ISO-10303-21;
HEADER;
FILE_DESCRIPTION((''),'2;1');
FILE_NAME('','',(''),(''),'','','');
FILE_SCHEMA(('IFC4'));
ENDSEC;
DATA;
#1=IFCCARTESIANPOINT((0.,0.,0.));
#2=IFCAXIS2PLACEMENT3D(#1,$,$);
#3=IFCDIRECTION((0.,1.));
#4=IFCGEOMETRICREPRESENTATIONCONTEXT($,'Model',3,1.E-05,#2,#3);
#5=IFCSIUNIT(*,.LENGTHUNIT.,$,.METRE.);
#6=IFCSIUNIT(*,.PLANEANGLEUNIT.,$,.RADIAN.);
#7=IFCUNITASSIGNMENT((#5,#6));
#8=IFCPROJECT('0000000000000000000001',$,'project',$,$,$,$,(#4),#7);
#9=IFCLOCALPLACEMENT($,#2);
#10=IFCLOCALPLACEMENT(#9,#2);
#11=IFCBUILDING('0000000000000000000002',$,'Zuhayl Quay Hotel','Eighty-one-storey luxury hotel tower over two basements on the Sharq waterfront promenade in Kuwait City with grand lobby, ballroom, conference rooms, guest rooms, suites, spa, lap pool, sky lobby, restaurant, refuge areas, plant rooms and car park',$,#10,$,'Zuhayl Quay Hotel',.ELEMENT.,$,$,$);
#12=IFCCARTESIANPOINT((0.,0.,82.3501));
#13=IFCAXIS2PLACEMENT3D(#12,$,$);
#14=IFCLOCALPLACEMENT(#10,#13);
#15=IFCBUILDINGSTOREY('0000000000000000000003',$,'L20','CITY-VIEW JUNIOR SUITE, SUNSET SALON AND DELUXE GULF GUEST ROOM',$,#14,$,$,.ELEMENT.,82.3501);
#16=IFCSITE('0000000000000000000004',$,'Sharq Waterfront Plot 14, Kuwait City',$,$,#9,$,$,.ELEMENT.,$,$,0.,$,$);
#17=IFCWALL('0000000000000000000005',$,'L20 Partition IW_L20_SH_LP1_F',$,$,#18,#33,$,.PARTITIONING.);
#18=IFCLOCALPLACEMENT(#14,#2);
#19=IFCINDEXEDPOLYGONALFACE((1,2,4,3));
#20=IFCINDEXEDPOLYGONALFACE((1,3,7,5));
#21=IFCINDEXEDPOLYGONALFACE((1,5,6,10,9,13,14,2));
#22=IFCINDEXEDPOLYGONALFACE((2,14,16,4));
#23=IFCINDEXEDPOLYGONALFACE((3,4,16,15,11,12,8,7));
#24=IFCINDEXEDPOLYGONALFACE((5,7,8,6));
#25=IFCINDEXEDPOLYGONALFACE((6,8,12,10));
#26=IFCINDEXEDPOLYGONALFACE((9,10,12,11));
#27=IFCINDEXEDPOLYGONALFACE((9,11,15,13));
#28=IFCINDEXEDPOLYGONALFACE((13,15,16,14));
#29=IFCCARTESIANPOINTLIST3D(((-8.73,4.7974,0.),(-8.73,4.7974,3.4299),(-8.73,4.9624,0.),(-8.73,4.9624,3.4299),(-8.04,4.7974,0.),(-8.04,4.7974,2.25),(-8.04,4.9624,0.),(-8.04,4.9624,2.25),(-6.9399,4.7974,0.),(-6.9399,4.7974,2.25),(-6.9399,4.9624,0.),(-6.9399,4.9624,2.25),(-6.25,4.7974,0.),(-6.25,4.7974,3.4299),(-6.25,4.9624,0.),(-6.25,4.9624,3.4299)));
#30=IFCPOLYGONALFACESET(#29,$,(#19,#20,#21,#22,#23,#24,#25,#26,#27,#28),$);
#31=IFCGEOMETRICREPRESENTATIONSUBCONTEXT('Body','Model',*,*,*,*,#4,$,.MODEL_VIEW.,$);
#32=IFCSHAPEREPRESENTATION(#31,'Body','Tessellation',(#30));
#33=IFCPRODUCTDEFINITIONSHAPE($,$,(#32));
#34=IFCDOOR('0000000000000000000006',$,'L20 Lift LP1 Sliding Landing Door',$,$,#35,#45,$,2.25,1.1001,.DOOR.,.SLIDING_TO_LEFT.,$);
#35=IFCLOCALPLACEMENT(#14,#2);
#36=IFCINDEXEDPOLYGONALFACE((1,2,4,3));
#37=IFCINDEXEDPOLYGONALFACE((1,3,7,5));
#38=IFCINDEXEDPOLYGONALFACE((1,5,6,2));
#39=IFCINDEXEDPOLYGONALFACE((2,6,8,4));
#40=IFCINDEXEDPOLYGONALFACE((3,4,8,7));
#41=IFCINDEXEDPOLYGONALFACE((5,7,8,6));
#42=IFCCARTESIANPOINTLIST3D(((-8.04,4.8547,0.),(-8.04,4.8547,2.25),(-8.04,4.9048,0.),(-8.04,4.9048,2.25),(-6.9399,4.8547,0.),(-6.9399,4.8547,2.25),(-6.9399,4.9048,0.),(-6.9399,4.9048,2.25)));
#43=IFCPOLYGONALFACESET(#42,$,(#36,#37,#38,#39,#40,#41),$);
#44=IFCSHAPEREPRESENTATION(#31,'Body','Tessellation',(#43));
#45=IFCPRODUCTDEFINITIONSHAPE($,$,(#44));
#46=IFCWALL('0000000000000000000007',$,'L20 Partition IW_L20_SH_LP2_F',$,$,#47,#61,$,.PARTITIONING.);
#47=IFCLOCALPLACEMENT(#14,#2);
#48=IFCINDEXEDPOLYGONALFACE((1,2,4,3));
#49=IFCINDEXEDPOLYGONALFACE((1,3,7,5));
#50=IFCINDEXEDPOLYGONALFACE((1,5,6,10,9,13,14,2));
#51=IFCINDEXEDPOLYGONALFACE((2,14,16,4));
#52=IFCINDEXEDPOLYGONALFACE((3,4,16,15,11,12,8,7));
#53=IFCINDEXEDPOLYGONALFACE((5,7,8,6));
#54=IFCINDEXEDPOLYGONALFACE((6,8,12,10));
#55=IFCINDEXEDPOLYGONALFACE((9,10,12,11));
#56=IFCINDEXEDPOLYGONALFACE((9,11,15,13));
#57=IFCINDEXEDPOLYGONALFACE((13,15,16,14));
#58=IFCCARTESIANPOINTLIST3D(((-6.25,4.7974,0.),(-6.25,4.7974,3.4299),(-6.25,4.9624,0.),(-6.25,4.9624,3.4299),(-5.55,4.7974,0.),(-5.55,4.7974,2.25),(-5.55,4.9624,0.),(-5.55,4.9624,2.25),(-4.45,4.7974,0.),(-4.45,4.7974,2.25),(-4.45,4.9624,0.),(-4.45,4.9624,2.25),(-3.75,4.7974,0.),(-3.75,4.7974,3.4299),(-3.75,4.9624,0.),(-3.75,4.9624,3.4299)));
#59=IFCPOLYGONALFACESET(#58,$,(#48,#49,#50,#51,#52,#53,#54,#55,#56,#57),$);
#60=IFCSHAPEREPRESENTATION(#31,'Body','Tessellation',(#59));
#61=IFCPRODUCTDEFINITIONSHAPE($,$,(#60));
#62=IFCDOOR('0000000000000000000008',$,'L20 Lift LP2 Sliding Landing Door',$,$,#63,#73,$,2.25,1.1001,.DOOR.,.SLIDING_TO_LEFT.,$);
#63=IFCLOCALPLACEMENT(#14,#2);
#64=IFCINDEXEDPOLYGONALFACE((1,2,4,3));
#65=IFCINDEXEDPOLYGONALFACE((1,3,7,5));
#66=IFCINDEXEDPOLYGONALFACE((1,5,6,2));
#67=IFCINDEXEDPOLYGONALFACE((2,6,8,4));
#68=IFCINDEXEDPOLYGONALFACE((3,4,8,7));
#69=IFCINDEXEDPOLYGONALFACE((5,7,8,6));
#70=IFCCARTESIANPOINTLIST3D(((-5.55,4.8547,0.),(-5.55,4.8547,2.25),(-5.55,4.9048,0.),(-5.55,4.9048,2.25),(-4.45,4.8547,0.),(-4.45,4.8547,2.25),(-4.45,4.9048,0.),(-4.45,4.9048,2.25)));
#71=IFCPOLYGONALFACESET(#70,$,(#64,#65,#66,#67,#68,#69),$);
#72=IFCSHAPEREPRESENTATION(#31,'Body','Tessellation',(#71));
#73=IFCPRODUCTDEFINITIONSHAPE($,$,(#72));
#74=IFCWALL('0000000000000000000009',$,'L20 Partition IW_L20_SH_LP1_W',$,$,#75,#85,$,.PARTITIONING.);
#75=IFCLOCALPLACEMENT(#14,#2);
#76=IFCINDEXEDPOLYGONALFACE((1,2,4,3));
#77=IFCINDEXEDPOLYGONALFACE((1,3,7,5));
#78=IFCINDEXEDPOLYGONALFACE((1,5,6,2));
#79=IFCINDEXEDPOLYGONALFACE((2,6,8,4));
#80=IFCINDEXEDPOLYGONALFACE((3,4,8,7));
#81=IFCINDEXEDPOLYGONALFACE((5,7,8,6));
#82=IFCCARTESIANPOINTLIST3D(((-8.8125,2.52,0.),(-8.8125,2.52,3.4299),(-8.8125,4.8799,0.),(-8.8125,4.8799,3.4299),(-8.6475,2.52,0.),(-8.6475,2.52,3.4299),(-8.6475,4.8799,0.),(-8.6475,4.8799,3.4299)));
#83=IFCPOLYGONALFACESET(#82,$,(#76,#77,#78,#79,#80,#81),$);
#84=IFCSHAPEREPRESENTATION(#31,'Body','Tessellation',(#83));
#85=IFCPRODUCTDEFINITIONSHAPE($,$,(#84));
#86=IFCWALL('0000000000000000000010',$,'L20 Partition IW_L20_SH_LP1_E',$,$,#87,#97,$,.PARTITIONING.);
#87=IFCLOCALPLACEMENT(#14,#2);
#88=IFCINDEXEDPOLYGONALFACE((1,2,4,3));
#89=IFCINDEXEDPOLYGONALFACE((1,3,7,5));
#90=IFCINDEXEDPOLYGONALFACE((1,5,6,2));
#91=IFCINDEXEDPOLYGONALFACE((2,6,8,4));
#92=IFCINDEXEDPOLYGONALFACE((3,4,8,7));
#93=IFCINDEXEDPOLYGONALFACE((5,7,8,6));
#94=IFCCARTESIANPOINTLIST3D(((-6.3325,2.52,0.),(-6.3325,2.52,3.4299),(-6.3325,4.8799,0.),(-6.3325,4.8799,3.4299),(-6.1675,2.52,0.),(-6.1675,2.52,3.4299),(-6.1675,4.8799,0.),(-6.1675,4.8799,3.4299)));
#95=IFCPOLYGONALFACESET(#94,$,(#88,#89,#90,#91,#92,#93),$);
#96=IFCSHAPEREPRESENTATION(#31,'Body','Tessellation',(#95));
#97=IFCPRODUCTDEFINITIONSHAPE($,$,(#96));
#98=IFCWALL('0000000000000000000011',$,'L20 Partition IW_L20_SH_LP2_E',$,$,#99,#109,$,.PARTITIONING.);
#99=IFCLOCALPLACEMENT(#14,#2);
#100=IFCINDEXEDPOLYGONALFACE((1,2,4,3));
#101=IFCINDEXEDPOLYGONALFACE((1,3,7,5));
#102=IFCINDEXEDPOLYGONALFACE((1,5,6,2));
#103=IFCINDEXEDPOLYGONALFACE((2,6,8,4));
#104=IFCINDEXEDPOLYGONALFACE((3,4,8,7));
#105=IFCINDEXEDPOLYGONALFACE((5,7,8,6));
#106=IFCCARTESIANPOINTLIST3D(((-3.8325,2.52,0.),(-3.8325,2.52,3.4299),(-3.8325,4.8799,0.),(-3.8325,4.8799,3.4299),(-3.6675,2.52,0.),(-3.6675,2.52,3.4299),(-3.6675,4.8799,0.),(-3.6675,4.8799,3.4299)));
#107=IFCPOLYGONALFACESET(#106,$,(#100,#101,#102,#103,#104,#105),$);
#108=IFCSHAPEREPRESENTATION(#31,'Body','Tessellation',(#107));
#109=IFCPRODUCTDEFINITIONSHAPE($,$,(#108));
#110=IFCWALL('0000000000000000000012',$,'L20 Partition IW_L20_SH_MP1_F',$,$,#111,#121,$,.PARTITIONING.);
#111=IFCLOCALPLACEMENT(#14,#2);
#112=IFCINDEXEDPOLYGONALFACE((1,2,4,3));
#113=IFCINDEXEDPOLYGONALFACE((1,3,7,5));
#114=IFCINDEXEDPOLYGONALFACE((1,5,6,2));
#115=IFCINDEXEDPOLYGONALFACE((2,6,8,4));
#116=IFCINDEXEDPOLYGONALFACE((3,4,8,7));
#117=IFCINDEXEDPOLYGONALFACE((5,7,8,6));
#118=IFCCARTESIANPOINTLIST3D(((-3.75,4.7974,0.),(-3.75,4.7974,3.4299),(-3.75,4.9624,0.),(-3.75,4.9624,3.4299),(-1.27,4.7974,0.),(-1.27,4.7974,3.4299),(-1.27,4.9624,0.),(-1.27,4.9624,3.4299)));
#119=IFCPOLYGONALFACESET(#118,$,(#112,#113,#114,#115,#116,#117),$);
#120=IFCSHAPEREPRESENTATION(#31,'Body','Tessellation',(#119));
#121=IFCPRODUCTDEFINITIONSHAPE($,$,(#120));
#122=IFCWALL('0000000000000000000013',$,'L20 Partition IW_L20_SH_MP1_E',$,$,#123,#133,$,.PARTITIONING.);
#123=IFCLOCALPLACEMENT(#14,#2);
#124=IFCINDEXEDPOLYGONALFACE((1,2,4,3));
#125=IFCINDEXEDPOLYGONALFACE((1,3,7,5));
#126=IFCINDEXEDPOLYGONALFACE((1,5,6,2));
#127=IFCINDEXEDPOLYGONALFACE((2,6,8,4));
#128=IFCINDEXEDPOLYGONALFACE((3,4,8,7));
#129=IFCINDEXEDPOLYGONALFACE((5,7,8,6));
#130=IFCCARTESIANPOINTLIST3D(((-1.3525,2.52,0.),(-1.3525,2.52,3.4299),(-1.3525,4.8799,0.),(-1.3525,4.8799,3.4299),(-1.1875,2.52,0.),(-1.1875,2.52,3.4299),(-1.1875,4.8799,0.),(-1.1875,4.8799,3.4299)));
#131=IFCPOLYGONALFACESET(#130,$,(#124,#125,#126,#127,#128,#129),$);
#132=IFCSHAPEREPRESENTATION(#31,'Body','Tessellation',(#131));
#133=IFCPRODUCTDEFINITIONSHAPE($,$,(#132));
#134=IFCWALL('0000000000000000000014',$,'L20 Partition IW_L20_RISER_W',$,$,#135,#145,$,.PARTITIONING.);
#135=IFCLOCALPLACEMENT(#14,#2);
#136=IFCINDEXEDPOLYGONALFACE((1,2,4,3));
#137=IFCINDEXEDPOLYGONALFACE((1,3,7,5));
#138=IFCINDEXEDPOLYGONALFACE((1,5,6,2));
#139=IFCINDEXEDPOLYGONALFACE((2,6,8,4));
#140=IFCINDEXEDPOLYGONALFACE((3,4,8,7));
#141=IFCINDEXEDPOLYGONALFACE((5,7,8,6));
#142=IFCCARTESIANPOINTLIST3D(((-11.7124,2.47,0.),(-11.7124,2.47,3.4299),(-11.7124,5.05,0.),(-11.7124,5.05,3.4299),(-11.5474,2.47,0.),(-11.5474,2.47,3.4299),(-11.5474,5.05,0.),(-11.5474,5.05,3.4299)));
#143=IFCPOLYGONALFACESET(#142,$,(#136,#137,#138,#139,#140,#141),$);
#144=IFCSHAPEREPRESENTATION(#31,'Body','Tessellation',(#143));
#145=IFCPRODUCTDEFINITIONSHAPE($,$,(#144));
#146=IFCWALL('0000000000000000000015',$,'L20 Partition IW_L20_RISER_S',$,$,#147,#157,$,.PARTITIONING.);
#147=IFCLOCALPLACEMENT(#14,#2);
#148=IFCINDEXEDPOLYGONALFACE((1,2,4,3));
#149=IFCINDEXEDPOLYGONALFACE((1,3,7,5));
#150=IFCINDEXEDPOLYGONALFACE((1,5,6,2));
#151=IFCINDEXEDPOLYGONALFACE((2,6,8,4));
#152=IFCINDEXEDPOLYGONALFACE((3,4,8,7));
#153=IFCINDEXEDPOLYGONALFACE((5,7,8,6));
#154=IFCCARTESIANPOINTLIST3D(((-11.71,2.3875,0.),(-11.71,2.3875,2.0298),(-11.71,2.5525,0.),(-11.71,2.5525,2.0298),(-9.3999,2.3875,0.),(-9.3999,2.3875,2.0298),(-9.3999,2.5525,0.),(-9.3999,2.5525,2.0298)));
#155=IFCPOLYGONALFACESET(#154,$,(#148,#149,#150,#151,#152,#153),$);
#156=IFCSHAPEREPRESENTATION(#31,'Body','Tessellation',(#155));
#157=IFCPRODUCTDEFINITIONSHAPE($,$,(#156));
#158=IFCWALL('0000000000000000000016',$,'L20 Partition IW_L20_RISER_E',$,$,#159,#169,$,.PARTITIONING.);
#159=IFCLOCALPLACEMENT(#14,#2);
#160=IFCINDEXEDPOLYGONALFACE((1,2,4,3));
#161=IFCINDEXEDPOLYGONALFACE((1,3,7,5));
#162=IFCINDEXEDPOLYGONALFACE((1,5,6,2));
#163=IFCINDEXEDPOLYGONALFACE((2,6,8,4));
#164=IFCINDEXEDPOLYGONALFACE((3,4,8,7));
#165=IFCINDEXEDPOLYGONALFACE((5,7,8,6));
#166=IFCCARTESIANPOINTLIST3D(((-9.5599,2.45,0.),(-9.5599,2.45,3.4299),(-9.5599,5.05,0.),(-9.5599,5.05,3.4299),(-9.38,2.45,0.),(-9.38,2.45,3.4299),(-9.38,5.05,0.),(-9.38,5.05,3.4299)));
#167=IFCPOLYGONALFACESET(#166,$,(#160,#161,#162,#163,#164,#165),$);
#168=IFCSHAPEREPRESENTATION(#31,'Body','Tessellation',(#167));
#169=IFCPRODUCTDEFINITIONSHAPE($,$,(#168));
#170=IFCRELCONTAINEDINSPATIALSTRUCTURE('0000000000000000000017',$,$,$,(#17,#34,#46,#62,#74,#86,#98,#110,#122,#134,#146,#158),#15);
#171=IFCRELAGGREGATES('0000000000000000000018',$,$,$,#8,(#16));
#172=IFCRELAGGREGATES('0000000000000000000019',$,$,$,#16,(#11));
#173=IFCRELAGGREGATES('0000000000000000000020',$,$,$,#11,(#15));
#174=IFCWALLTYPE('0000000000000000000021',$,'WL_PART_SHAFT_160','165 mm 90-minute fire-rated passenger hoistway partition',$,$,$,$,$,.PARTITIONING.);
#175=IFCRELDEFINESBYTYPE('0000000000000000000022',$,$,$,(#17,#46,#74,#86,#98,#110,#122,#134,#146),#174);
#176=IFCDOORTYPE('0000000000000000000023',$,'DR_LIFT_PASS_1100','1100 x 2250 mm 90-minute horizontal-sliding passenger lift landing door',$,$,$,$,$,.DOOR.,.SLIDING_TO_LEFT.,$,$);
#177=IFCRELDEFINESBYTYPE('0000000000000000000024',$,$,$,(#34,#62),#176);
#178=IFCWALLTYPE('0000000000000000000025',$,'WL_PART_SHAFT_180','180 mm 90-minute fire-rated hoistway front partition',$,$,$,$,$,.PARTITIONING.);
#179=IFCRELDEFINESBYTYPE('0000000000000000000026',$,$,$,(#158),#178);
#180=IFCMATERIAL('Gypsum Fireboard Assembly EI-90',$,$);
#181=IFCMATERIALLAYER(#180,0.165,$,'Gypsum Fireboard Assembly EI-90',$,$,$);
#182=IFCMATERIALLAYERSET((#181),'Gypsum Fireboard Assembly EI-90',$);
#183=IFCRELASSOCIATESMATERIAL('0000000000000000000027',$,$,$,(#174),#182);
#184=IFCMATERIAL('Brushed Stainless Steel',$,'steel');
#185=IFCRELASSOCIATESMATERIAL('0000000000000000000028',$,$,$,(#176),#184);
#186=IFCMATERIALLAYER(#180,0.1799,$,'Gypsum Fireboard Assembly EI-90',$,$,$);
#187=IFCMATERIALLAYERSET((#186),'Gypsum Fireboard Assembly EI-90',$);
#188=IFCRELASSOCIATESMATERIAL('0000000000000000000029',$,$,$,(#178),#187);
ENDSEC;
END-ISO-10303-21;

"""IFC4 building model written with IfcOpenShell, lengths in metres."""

from ifc_helpers import new_model, si_unit, direction, frame, frame_2d, origin, place, context, subcontext, project, spatial, rectangle, extrude, material, layer, layer_set, type_object, element, fill, save


model = new_model("IFC4")

# Units and contexts
model_context = context("Model", 3, precision=1e-05, world=origin(), true_north=direction((0.0, 1.0)))
body_context = subcontext(model_context, "Body", "Model", "MODEL_VIEW")
ifc_project = project(units=[si_unit("LENGTHUNIT", "METRE"), si_unit("PLANEANGLEUNIT", "RADIAN")], contexts=[model_context])

# Site, building, storey
site_placement = place(None, origin())
site = spatial("IfcSite", under=ifc_project, at=site_placement, Name="Sharq Waterfront Plot 14, Kuwait City", CompositionType="ELEMENT", RefElevation=0.0)
building_placement = place(site_placement, origin())
building = spatial("IfcBuilding", under=site, at=building_placement, Name="Zuhayl Quay Hotel", Description="Eighty-one-storey luxury hotel tower over two basements on the Sharq waterfront promenade in Kuwait City with grand lobby, ballroom, conference rooms, guest rooms, suites, spa, lap pool, sky lobby, restaurant, refuge areas, plant rooms and car park", LongName="Zuhayl Quay Hotel", CompositionType="ELEMENT")
storey_placement = place(building_placement, frame((0.0, 0.0, 82.3501)))
storey = spatial("IfcBuildingStorey", under=building, at=storey_placement, Name="L20", Description="CITY-VIEW JUNIOR SUITE, SUNSET SALON AND DELUXE GULF GUEST ROOM", CompositionType="ELEMENT", Elevation=82.3501)

# Walls, openings, doors
ifc_material_1 = material(Name="Gypsum Fireboard Assembly EI-90")
ifc_layer_1 = layer(ifc_material_1, 0.165, Name="Gypsum Fireboard Assembly EI-90")
ifc_layer_set_1 = layer_set([ifc_layer_1], Name="Gypsum Fireboard Assembly EI-90")
wall_type_1 = type_object("IfcWallType", Name="WL_PART_SHAFT_160", Description="165 mm 90-minute fire-rated passenger hoistway partition", PredefinedType="PARTITIONING", material=ifc_layer_set_1)
wall_1_placement = place(storey_placement, frame((-8.73, 4.8799, 0.0), z_axis=(0.0, 0.0, 1.0), x_axis=(1.0, 0.0, 0.0)))
wall_1 = element("IfcWall", 1, at=wall_1_placement, inside=storey, type_object=wall_type_1, Name="L20 Partition IW_L20_SH_LP1_F", PredefinedType="PARTITIONING", context=body_context, shape_type="SweptSolid", body=[
    extrude(rectangle(XDim=2.48, YDim=0.165, at=frame_2d((1.24, 0.0))), origin(), (0.0, 0.0, 1.0), 3.4299),
])
opening_1_placement = place(wall_1_placement, frame((0.6899, 0.0, 0.0)))
opening_1 = element("IfcOpeningElement", 2, at=opening_1_placement, cuts=wall_1, PredefinedType="OPENING", context=body_context, shape_type="SweptSolid", body=[
    extrude(rectangle(XDim=1.1001, YDim=2.25, at=frame_2d((0.55, 1.125))), frame((0.0, 0.0925, 0.0), z_axis=(0.0, -1.0, 0.0), x_axis=(1.0, 0.0, 0.0)), (0.0, 0.0, 1.0), 0.1851),
])
ifc_material_2 = material(Name="Brushed Stainless Steel", Category="steel")
door_type_1 = type_object("IfcDoorType", Name="DR_LIFT_PASS_1100", Description="1100 x 2250 mm 90-minute horizontal-sliding passenger lift landing door", OperationType="SLIDING_TO_LEFT", PredefinedType="DOOR", material=ifc_material_2)
door_1_placement = place(opening_1_placement, origin())
door_1 = element("IfcDoor", 3, at=door_1_placement, inside=storey, type_object=door_type_1, Name="L20 Lift LP1 Sliding Landing Door", OperationType="SLIDING_TO_LEFT", OverallHeight=2.25, OverallWidth=1.1001, PredefinedType="DOOR", context=body_context, shape_type="SweptSolid", body=[
    extrude(rectangle(XDim=1.1001, YDim=2.25, at=frame_2d((0.55, 1.125))), frame((0.0, 0.0249, 0.0), z_axis=(0.0, -1.0, 0.0), x_axis=(1.0, 0.0, 0.0)), (0.0, 0.0, 1.0), 0.05),
])
fill(opening_1, door_1)
wall_2_placement = place(storey_placement, frame((-6.25, 4.8799, 0.0), z_axis=(0.0, 0.0, 1.0), x_axis=(1.0, 0.0, 0.0)))
wall_2 = element("IfcWall", 4, at=wall_2_placement, inside=storey, type_object=wall_type_1, Name="L20 Partition IW_L20_SH_LP2_F", PredefinedType="PARTITIONING", context=body_context, shape_type="SweptSolid", body=[
    extrude(rectangle(XDim=2.5, YDim=0.165, at=frame_2d((1.25, 0.0))), origin(), (0.0, 0.0, 1.0), 3.4299),
])
opening_2_placement = place(wall_2_placement, frame((0.7, 0.0, 0.0)))
opening_2 = element("IfcOpeningElement", 5, at=opening_2_placement, cuts=wall_2, PredefinedType="OPENING", context=body_context, shape_type="SweptSolid", body=[
    extrude(rectangle(XDim=1.1001, YDim=2.25, at=frame_2d((0.55, 1.125))), frame((0.0, 0.0925, 0.0), z_axis=(0.0, -1.0, 0.0), x_axis=(1.0, 0.0, 0.0)), (0.0, 0.0, 1.0), 0.1851),
])
door_2_placement = place(opening_2_placement, origin())
door_2 = element("IfcDoor", 6, at=door_2_placement, inside=storey, type_object=door_type_1, Name="L20 Lift LP2 Sliding Landing Door", OperationType="SLIDING_TO_LEFT", OverallHeight=2.25, OverallWidth=1.1001, PredefinedType="DOOR", context=body_context, shape_type="SweptSolid", body=[
    extrude(rectangle(XDim=1.1001, YDim=2.25, at=frame_2d((0.55, 1.125))), frame((0.0, 0.0249, 0.0), z_axis=(0.0, -1.0, 0.0), x_axis=(1.0, 0.0, 0.0)), (0.0, 0.0, 1.0), 0.05),
])
fill(opening_2, door_2)

# Walls
for number, where, z_axis, x_axis, name in (
    (7, (-8.73, 2.52, 0.0), (0.0, 0.0, 1.0), (0.0, 1.0, 0.0), "L20 Partition IW_L20_SH_LP1_W"),
    (8, (-6.25, 2.52, 0.0), (0.0, 0.0, 1.0), (0.0, 1.0, 0.0), "L20 Partition IW_L20_SH_LP1_E"),
    (9, (-3.75, 2.52, 0.0), (0.0, 0.0, 1.0), (0.0, 1.0, 0.0), "L20 Partition IW_L20_SH_LP2_E"),
):
    element("IfcWall", number, at=place(storey_placement, frame(where, z_axis=z_axis, x_axis=x_axis)), inside=storey, type_object=wall_type_1, Name=name, PredefinedType="PARTITIONING", context=body_context, shape_type="SweptSolid", body=[
        extrude(rectangle(XDim=2.3599, YDim=0.165, at=frame_2d((1.1799, 0.0))), origin(), (0.0, 0.0, 1.0), 3.4299),
    ])
wall_3_placement = place(storey_placement, frame((-3.75, 4.8799, 0.0), z_axis=(0.0, 0.0, 1.0), x_axis=(1.0, 0.0, 0.0)))
element("IfcWall", 10, at=wall_3_placement, inside=storey, type_object=wall_type_1, Name="L20 Partition IW_L20_SH_MP1_F", PredefinedType="PARTITIONING", context=body_context, shape_type="SweptSolid", body=[
    extrude(rectangle(XDim=2.48, YDim=0.165, at=frame_2d((1.24, 0.0))), origin(), (0.0, 0.0, 1.0), 3.4299),
])
wall_4_placement = place(storey_placement, frame((-1.27, 2.52, 0.0), z_axis=(0.0, 0.0, 1.0), x_axis=(0.0, 1.0, 0.0)))
element("IfcWall", 11, at=wall_4_placement, inside=storey, type_object=wall_type_1, Name="L20 Partition IW_L20_SH_MP1_E", PredefinedType="PARTITIONING", context=body_context, shape_type="SweptSolid", body=[
    extrude(rectangle(XDim=2.3599, YDim=0.165, at=frame_2d((1.1799, 0.0))), origin(), (0.0, 0.0, 1.0), 3.4299),
])
wall_5_placement = place(storey_placement, frame((-11.6299, 2.47, 0.0), z_axis=(0.0, 0.0, 1.0), x_axis=(0.0, 1.0, 0.0)))
element("IfcWall", 12, at=wall_5_placement, inside=storey, type_object=wall_type_1, Name="L20 Partition IW_L20_RISER_W", PredefinedType="PARTITIONING", context=body_context, shape_type="SweptSolid", body=[
    extrude(rectangle(XDim=2.5801, YDim=0.165, at=frame_2d((1.29, 0.0))), origin(), (0.0, 0.0, 1.0), 3.4299),
])
wall_6_placement = place(storey_placement, frame((-11.71, 2.47, 0.0), z_axis=(0.0, 0.0, 1.0), x_axis=(1.0, 0.0, 0.0)))
element("IfcWall", 13, at=wall_6_placement, inside=storey, type_object=wall_type_1, Name="L20 Partition IW_L20_RISER_S", PredefinedType="PARTITIONING", context=body_context, shape_type="SweptSolid", body=[
    extrude(rectangle(XDim=2.3101, YDim=0.165, at=frame_2d((1.155, 0.0))), origin(), (0.0, 0.0, 1.0), 2.0298),
])
ifc_layer_2 = layer(ifc_material_1, 0.1799, Name="Gypsum Fireboard Assembly EI-90")
ifc_layer_set_2 = layer_set([ifc_layer_2], Name="Gypsum Fireboard Assembly EI-90")
wall_type_2 = type_object("IfcWallType", Name="WL_PART_SHAFT_180", Description="180 mm 90-minute fire-rated hoistway front partition", PredefinedType="PARTITIONING", material=ifc_layer_set_2)
wall_7_placement = place(storey_placement, frame((-9.47, 2.45, 0.0), z_axis=(0.0, 0.0, 1.0), x_axis=(0.0, 1.0, 0.0)))
element("IfcWall", 14, at=wall_7_placement, inside=storey, type_object=wall_type_2, Name="L20 Partition IW_L20_RISER_E", PredefinedType="PARTITIONING", context=body_context, shape_type="SweptSolid", body=[
    extrude(rectangle(XDim=2.6001, YDim=0.1799, at=frame_2d((1.3, 0.0))), origin(), (0.0, 0.0, 1.0), 3.4299),
])

save(model, "model.ifc")
